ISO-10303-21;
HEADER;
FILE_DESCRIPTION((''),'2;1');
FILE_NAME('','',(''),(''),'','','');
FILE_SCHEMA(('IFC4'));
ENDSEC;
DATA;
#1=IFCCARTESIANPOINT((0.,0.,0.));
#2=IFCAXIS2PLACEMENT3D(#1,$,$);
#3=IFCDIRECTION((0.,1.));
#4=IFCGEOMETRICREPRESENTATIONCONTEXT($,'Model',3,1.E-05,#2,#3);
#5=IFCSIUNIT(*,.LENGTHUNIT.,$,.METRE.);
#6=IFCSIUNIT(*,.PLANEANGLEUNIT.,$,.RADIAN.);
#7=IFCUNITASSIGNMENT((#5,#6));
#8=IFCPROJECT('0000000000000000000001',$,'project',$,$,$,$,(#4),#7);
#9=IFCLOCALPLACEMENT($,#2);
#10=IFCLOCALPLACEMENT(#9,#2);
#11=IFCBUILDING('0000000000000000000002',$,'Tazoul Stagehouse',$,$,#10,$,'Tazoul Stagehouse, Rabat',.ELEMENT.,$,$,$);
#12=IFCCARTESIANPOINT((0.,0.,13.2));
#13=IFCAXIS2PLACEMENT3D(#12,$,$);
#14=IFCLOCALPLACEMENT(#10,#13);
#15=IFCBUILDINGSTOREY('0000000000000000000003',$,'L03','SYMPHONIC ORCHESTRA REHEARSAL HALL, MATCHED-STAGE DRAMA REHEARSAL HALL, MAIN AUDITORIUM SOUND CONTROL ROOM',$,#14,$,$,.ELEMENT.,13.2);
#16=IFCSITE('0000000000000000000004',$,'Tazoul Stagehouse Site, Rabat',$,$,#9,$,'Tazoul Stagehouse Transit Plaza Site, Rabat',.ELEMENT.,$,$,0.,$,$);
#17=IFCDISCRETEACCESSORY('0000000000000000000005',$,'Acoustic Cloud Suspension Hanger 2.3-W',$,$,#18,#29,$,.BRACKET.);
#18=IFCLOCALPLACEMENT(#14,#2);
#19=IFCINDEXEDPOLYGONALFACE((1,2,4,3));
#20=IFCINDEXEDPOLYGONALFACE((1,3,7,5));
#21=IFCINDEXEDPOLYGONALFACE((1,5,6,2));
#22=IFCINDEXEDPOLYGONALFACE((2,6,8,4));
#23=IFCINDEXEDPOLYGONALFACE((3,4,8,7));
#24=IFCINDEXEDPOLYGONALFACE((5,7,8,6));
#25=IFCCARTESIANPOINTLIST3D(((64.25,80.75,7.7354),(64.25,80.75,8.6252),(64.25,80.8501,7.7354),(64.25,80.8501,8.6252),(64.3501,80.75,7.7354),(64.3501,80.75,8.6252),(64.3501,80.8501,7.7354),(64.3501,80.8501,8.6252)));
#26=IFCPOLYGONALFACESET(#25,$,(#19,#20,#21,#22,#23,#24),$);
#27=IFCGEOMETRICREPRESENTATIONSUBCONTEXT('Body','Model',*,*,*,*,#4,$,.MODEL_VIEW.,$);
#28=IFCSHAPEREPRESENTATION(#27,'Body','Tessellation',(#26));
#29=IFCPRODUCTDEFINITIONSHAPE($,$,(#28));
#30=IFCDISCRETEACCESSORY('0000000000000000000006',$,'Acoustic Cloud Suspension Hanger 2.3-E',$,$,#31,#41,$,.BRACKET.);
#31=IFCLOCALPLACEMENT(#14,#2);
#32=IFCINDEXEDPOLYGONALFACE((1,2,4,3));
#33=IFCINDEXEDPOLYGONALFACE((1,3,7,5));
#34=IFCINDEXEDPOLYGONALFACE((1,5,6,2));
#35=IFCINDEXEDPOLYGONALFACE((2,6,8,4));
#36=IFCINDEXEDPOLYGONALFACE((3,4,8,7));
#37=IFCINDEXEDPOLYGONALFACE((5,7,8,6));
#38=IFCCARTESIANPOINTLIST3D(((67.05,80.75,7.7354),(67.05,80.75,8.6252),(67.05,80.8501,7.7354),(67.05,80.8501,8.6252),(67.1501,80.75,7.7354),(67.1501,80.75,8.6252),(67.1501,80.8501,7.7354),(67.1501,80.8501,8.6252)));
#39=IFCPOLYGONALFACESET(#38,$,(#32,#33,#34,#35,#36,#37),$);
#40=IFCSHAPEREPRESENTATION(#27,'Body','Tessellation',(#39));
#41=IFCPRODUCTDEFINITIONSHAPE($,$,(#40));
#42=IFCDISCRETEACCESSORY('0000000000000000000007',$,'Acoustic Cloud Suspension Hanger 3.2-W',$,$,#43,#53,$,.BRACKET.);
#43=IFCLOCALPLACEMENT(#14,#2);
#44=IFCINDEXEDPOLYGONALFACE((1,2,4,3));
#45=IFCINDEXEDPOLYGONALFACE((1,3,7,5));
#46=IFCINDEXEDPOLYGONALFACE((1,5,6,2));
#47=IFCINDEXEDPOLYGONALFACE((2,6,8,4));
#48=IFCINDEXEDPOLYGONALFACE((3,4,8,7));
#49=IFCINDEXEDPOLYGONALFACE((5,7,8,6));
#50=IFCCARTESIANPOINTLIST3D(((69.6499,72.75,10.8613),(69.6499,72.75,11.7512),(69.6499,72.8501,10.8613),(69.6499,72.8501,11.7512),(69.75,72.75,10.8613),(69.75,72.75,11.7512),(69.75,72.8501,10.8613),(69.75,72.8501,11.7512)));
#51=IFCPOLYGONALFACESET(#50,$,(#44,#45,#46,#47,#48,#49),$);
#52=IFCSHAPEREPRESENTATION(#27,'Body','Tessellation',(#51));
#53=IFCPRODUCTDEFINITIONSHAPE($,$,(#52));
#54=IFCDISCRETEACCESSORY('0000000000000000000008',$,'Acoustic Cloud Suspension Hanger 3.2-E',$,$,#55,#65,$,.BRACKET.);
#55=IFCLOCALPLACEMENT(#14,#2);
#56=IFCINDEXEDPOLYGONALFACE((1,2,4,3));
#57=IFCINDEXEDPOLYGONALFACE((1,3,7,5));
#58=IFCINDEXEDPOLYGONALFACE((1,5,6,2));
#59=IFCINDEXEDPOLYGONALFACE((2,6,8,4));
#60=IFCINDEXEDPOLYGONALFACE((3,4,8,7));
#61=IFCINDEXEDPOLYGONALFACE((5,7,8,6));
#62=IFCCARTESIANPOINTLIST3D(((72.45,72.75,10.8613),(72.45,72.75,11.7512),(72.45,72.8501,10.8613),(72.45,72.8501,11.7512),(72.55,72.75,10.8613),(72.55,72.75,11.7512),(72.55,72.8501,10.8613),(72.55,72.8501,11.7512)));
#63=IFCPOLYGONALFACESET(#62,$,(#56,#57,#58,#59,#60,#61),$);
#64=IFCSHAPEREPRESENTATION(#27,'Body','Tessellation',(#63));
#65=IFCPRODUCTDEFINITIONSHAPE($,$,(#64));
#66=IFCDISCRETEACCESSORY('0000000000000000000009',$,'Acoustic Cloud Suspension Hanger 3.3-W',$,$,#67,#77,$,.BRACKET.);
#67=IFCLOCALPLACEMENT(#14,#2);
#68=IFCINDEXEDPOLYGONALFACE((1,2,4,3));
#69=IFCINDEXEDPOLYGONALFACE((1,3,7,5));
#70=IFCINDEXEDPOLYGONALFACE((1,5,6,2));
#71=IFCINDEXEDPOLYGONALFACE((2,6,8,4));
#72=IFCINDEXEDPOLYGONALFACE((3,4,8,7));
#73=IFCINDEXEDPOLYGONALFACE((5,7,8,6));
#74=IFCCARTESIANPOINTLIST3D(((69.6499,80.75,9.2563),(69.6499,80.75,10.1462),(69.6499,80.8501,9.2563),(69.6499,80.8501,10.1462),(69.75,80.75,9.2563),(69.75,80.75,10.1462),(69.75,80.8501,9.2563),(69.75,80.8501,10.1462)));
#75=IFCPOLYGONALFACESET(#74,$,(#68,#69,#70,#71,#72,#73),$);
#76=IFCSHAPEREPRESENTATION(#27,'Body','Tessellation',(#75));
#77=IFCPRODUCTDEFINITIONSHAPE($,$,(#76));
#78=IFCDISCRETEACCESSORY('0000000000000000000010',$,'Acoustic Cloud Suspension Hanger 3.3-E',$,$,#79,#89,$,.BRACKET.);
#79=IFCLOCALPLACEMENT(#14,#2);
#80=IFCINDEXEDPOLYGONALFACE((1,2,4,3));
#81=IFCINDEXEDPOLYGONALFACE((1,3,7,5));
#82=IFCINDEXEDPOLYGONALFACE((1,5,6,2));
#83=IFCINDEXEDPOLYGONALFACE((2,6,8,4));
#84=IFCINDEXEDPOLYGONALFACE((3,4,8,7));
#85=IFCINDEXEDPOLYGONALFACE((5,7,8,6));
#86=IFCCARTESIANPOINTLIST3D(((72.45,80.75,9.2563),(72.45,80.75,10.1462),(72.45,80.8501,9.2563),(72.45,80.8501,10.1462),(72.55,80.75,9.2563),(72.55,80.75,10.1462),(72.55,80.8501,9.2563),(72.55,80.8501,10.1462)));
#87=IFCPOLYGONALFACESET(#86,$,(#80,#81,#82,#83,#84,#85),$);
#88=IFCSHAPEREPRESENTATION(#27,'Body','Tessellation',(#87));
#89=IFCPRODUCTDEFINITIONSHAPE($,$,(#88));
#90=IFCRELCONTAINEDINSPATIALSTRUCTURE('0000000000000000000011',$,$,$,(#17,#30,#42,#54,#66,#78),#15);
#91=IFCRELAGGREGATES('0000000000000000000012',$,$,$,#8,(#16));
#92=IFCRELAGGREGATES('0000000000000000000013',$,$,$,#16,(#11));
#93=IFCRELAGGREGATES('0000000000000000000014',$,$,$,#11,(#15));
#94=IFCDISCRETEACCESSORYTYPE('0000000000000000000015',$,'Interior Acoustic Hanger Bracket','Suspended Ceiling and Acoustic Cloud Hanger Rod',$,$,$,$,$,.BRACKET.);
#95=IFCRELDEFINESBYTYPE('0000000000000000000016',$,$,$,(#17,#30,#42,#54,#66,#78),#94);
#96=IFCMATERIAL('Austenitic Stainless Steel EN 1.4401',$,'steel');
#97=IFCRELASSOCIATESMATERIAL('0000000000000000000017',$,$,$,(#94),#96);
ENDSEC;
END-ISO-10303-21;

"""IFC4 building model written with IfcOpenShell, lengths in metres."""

from ifc_helpers import new_model, si_unit, direction, frame, origin, origin_2d, place, context, subcontext, project, spatial, rectangle, extrude, material, type_object, element, save


model = new_model("IFC4")

# Units and contexts
model_context = context("Model", 3, precision=1e-05, world=origin(), true_north=direction((0.0, 1.0)))
body_context = subcontext(model_context, "Body", "Model", "MODEL_VIEW")
ifc_project = project(units=[si_unit("LENGTHUNIT", "METRE"), si_unit("PLANEANGLEUNIT", "RADIAN")], contexts=[model_context])

# Site, building, storey
site_placement = place(None, origin())
site = spatial("IfcSite", under=ifc_project, at=site_placement, Name="Tazoul Stagehouse Site, Rabat", LongName="Tazoul Stagehouse Transit Plaza Site, Rabat", CompositionType="ELEMENT", RefElevation=0.0)
building_placement = place(site_placement, origin())
building = spatial("IfcBuilding", under=site, at=building_placement, Name="Tazoul Stagehouse", LongName="Tazoul Stagehouse, Rabat", CompositionType="ELEMENT")
storey_placement = place(building_placement, frame((0.0, 0.0, 13.2)))
storey = spatial("IfcBuildingStorey", under=building, at=storey_placement, Name="L03", Description="SYMPHONIC ORCHESTRA REHEARSAL HALL, MATCHED-STAGE DRAMA REHEARSAL HALL, MAIN AUDITORIUM SOUND CONTROL ROOM", CompositionType="ELEMENT", Elevation=13.2)

# Discrete accessories
ifc_material_1 = material(Name="Austenitic Stainless Steel EN 1.4401", Category="steel")
discrete_accessory_type = type_object("IfcDiscreteAccessoryType", Name="Interior Acoustic Hanger Bracket", Description="Suspended Ceiling and Acoustic Cloud Hanger Rod", PredefinedType="BRACKET", material=ifc_material_1)
for number, where, z_axis, x_axis, name in (
    (1, (64.3, 80.8, 7.7354), (0.0, 0.0, 1.0), (1.0, 0.0, 0.0), "Acoustic Cloud Suspension Hanger 2.3-W"),
    (2, (67.1001, 80.8, 7.7354), (0.0, 0.0, 1.0), (1.0, 0.0, 0.0), "Acoustic Cloud Suspension Hanger 2.3-E"),
    (3, (69.7, 72.8, 10.8613), (0.0, 0.0, 1.0), (1.0, 0.0, 0.0), "Acoustic Cloud Suspension Hanger 3.2-W"),
    (4, (72.5, 72.8, 10.8613), (0.0, 0.0, 1.0), (1.0, 0.0, 0.0), "Acoustic Cloud Suspension Hanger 3.2-E"),
    (5, (69.7, 80.8, 9.2563), (0.0, 0.0, 1.0), (1.0, 0.0, 0.0), "Acoustic Cloud Suspension Hanger 3.3-W"),
    (6, (72.5, 80.8, 9.2563), (0.0, 0.0, 1.0), (1.0, 0.0, 0.0), "Acoustic Cloud Suspension Hanger 3.3-E"),
):
    element("IfcDiscreteAccessory", number, at=place(storey_placement, frame(where, z_axis=z_axis, x_axis=x_axis)), inside=storey, type_object=discrete_accessory_type, Name=name, PredefinedType="BRACKET", context=body_context, shape_type="SweptSolid", body=[
        extrude(rectangle(XDim=0.1001, YDim=0.1001, at=origin_2d()), origin(), (0.0, 0.0, 1.0), 0.8899),
    ])

save(model, "model.ifc")
